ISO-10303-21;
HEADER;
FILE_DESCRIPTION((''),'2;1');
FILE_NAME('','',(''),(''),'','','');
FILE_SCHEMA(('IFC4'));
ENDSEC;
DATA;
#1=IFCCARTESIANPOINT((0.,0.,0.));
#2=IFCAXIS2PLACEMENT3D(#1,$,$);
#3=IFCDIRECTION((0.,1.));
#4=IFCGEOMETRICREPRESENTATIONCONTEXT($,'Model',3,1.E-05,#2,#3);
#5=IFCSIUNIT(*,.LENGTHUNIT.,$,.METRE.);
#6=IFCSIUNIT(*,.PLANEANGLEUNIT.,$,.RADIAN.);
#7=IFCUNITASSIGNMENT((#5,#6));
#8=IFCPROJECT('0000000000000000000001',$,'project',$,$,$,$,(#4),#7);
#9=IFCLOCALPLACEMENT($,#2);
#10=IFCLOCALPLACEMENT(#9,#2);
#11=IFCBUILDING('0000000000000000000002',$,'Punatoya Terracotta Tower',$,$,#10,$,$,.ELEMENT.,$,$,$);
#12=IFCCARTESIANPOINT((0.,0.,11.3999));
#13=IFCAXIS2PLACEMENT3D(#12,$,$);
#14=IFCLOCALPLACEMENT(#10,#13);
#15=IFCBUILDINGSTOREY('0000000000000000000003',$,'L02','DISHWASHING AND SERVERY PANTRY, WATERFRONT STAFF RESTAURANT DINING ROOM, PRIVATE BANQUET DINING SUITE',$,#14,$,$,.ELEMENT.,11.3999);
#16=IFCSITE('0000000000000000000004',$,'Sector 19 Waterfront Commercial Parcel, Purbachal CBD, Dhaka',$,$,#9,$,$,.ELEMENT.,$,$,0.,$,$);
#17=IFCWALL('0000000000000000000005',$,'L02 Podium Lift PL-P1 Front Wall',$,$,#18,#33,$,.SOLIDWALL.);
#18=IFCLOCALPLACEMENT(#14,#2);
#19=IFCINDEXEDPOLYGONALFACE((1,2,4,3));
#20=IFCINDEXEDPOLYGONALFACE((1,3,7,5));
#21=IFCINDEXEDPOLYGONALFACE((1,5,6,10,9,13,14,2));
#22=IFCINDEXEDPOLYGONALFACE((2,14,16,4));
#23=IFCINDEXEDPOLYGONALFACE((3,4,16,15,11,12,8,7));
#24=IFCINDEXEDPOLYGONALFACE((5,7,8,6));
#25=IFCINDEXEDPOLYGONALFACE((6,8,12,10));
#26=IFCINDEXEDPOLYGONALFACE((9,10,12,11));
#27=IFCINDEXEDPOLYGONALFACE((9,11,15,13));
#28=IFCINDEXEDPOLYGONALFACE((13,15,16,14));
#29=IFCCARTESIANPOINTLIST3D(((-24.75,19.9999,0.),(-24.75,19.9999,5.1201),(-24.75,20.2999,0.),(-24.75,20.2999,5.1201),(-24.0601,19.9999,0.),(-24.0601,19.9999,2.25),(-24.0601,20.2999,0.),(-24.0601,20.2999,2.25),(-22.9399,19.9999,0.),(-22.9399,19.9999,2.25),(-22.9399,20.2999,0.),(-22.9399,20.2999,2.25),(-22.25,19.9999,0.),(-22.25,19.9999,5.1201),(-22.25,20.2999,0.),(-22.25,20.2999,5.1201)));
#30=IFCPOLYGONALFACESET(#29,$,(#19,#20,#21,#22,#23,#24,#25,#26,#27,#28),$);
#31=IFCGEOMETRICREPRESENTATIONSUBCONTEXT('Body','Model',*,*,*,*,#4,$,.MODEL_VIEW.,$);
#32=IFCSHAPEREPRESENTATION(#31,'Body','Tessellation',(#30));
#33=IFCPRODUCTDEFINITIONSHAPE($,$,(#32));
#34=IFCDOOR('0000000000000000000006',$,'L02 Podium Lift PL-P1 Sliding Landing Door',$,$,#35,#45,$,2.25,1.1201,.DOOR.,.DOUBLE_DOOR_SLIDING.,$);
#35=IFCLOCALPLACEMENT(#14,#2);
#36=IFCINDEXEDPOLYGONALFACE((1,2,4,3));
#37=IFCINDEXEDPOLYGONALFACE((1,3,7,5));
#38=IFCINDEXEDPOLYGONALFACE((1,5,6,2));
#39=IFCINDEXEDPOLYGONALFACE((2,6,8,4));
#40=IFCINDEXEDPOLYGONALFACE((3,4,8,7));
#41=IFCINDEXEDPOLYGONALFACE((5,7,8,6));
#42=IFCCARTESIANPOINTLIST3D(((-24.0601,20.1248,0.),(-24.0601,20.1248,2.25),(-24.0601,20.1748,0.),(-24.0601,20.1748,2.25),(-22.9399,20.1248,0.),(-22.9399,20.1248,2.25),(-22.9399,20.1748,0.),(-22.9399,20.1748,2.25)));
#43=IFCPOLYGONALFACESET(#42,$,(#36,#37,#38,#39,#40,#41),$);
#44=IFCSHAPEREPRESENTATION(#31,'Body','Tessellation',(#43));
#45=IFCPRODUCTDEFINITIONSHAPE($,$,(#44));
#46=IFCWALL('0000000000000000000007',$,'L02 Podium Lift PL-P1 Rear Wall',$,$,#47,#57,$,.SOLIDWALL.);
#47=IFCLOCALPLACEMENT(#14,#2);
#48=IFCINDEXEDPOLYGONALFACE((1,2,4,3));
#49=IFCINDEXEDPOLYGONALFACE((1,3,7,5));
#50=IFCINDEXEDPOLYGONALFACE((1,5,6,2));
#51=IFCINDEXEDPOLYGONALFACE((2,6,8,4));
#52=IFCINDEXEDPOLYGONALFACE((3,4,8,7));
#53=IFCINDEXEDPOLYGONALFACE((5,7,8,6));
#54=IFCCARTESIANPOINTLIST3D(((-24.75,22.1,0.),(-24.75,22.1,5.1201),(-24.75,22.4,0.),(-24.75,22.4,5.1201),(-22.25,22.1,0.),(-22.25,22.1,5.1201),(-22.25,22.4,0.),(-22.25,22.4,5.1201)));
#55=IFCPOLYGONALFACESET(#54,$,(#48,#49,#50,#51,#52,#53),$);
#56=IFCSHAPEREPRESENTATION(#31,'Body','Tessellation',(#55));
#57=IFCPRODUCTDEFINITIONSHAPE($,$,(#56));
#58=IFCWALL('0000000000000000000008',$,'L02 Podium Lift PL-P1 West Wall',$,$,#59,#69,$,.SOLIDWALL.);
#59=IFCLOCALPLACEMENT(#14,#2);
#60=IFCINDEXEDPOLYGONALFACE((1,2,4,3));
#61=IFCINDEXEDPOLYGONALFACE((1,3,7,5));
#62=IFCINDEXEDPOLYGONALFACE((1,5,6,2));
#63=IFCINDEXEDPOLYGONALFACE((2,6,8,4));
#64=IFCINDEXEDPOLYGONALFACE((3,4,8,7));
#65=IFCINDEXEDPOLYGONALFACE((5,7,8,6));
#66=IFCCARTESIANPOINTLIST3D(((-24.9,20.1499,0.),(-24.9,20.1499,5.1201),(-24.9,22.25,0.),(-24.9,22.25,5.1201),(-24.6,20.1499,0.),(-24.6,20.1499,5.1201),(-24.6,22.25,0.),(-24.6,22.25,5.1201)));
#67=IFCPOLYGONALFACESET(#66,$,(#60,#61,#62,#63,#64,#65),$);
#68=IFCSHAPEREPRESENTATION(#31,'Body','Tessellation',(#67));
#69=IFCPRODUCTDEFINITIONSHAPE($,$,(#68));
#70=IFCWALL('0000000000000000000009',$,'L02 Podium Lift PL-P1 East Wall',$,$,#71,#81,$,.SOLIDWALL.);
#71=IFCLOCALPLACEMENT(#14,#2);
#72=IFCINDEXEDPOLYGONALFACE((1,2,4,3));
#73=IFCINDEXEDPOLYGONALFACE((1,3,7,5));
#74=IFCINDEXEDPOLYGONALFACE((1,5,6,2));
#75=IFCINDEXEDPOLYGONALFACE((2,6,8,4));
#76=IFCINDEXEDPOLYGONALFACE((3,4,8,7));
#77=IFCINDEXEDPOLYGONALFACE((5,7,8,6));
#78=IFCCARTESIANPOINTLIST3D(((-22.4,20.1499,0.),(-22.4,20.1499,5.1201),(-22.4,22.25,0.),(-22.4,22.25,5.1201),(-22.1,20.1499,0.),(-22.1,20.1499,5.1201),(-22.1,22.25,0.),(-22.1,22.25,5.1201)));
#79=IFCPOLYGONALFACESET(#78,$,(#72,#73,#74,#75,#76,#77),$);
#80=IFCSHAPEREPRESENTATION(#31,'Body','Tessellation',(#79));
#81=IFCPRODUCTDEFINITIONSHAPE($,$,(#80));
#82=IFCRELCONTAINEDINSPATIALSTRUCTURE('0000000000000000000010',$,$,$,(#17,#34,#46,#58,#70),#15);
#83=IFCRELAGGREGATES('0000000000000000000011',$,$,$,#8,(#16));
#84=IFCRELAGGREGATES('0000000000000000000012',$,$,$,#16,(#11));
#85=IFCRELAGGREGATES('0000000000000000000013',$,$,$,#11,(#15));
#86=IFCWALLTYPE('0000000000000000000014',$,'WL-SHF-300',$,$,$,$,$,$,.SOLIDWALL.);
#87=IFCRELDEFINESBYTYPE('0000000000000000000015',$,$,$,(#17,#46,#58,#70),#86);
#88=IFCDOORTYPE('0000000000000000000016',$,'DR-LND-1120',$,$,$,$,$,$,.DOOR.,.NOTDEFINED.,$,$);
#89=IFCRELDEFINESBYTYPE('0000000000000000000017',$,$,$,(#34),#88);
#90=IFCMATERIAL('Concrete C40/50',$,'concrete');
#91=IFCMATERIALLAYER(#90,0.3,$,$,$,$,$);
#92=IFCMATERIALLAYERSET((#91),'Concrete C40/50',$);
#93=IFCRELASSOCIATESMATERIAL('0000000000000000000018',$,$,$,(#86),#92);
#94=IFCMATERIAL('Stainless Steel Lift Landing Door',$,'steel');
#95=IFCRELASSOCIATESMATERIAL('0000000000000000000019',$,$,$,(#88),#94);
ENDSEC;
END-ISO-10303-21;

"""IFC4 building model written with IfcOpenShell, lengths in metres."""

from ifc_helpers import new_model, si_unit, direction, frame, frame_2d, origin, place, context, subcontext, project, spatial, rectangle, extrude, material, layer, layer_set, type_object, element, fill, save


model = new_model("IFC4")

# Units and contexts
model_context = context("Model", 3, precision=1e-05, world=origin(), true_north=direction((0.0, 1.0)))
body_context = subcontext(model_context, "Body", "Model", "MODEL_VIEW")
ifc_project = project(units=[si_unit("LENGTHUNIT", "METRE"), si_unit("PLANEANGLEUNIT", "RADIAN")], contexts=[model_context])

# Site, building, storey
site_placement = place(None, origin())
site = spatial("IfcSite", under=ifc_project, at=site_placement, Name="Sector 19 Waterfront Commercial Parcel, Purbachal CBD, Dhaka", CompositionType="ELEMENT", RefElevation=0.0)
building_placement = place(site_placement, origin())
building = spatial("IfcBuilding", under=site, at=building_placement, Name="Punatoya Terracotta Tower", CompositionType="ELEMENT")
storey_placement = place(building_placement, frame((0.0, 0.0, 11.3999)))
storey = spatial("IfcBuildingStorey", under=building, at=storey_placement, Name="L02", Description="DISHWASHING AND SERVERY PANTRY, WATERFRONT STAFF RESTAURANT DINING ROOM, PRIVATE BANQUET DINING SUITE", CompositionType="ELEMENT", Elevation=11.3999)

# Wall, opening, door
ifc_material_1 = material(Name="Concrete C40/50", Category="concrete")
ifc_layer_1 = layer(ifc_material_1, 0.3)
ifc_layer_set_1 = layer_set([ifc_layer_1], Name="Concrete C40/50")
wall_type_1 = type_object("IfcWallType", Name="WL-SHF-300", PredefinedType="SOLIDWALL", material=ifc_layer_set_1)
wall_1_placement = place(storey_placement, frame((-24.75, 20.1499, 0.0), z_axis=(0.0, 0.0, 1.0), x_axis=(1.0, 0.0, 0.0)))
wall_1 = element("IfcWall", 1, at=wall_1_placement, inside=storey, type_object=wall_type_1, Name="L02 Podium Lift PL-P1 Front Wall", PredefinedType="SOLIDWALL", context=body_context, shape_type="SweptSolid", body=[
    extrude(rectangle(XDim=2.5, YDim=0.3, at=frame_2d((1.25, 0.0))), origin(), (0.0, 0.0, 1.0), 5.1201),
])
opening_placement = place(wall_1_placement, frame((0.6899, 0.0, 0.0)))
opening = element("IfcOpeningElement", 2, at=opening_placement, cuts=wall_1, PredefinedType="OPENING", context=body_context, shape_type="SweptSolid", body=[
    extrude(rectangle(XDim=1.1201, YDim=2.25, at=frame_2d((0.5601, 1.125))), frame((0.0, 0.1599, 0.0), z_axis=(0.0, -1.0, 0.0), x_axis=(1.0, 0.0, 0.0)), (0.0, 0.0, 1.0), 0.3201),
])
ifc_material_2 = material(Name="Stainless Steel Lift Landing Door", Category="steel")
door_type = type_object("IfcDoorType", Name="DR-LND-1120", OperationType="NOTDEFINED", PredefinedType="DOOR", material=ifc_material_2)
door_placement = place(opening_placement, origin())
door = element("IfcDoor", 3, at=door_placement, inside=storey, type_object=door_type, Name="L02 Podium Lift PL-P1 Sliding Landing Door", OperationType="DOUBLE_DOOR_SLIDING", OverallHeight=2.25, OverallWidth=1.1201, PredefinedType="DOOR", context=body_context, shape_type="SweptSolid", body=[
    extrude(rectangle(XDim=1.1201, YDim=2.25, at=frame_2d((0.5601, 1.125))), frame((0.0, 0.0249, 0.0), z_axis=(0.0, -1.0, 0.0), x_axis=(1.0, 0.0, 0.0)), (0.0, 0.0, 1.0), 0.05),
])
fill(opening, door)

# Walls
wall_2_placement = place(storey_placement, frame((-24.75, 22.25, 0.0), z_axis=(0.0, 0.0, 1.0), x_axis=(1.0, 0.0, 0.0)))
element("IfcWall", 4, at=wall_2_placement, inside=storey, type_object=wall_type_1, Name="L02 Podium Lift PL-P1 Rear Wall", PredefinedType="SOLIDWALL", context=body_context, shape_type="SweptSolid", body=[
    extrude(rectangle(XDim=2.5, YDim=0.3, at=frame_2d((1.25, 0.0))), origin(), (0.0, 0.0, 1.0), 5.1201),
])
for number, where, z_axis, x_axis, name in (
    (5, (-24.75, 20.1499, 0.0), (0.0, 0.0, 1.0), (0.0, 1.0, 0.0), "L02 Podium Lift PL-P1 West Wall"),
    (6, (-22.25, 20.1499, 0.0), (0.0, 0.0, 1.0), (0.0, 1.0, 0.0), "L02 Podium Lift PL-P1 East Wall"),
):
    element("IfcWall", number, at=place(storey_placement, frame(where, z_axis=z_axis, x_axis=x_axis)), inside=storey, type_object=wall_type_1, Name=name, PredefinedType="SOLIDWALL", context=body_context, shape_type="SweptSolid", body=[
        extrude(rectangle(XDim=2.1001, YDim=0.3, at=frame_2d((1.05, 0.0))), origin(), (0.0, 0.0, 1.0), 5.1201),
    ])

save(model, "model.ifc")
